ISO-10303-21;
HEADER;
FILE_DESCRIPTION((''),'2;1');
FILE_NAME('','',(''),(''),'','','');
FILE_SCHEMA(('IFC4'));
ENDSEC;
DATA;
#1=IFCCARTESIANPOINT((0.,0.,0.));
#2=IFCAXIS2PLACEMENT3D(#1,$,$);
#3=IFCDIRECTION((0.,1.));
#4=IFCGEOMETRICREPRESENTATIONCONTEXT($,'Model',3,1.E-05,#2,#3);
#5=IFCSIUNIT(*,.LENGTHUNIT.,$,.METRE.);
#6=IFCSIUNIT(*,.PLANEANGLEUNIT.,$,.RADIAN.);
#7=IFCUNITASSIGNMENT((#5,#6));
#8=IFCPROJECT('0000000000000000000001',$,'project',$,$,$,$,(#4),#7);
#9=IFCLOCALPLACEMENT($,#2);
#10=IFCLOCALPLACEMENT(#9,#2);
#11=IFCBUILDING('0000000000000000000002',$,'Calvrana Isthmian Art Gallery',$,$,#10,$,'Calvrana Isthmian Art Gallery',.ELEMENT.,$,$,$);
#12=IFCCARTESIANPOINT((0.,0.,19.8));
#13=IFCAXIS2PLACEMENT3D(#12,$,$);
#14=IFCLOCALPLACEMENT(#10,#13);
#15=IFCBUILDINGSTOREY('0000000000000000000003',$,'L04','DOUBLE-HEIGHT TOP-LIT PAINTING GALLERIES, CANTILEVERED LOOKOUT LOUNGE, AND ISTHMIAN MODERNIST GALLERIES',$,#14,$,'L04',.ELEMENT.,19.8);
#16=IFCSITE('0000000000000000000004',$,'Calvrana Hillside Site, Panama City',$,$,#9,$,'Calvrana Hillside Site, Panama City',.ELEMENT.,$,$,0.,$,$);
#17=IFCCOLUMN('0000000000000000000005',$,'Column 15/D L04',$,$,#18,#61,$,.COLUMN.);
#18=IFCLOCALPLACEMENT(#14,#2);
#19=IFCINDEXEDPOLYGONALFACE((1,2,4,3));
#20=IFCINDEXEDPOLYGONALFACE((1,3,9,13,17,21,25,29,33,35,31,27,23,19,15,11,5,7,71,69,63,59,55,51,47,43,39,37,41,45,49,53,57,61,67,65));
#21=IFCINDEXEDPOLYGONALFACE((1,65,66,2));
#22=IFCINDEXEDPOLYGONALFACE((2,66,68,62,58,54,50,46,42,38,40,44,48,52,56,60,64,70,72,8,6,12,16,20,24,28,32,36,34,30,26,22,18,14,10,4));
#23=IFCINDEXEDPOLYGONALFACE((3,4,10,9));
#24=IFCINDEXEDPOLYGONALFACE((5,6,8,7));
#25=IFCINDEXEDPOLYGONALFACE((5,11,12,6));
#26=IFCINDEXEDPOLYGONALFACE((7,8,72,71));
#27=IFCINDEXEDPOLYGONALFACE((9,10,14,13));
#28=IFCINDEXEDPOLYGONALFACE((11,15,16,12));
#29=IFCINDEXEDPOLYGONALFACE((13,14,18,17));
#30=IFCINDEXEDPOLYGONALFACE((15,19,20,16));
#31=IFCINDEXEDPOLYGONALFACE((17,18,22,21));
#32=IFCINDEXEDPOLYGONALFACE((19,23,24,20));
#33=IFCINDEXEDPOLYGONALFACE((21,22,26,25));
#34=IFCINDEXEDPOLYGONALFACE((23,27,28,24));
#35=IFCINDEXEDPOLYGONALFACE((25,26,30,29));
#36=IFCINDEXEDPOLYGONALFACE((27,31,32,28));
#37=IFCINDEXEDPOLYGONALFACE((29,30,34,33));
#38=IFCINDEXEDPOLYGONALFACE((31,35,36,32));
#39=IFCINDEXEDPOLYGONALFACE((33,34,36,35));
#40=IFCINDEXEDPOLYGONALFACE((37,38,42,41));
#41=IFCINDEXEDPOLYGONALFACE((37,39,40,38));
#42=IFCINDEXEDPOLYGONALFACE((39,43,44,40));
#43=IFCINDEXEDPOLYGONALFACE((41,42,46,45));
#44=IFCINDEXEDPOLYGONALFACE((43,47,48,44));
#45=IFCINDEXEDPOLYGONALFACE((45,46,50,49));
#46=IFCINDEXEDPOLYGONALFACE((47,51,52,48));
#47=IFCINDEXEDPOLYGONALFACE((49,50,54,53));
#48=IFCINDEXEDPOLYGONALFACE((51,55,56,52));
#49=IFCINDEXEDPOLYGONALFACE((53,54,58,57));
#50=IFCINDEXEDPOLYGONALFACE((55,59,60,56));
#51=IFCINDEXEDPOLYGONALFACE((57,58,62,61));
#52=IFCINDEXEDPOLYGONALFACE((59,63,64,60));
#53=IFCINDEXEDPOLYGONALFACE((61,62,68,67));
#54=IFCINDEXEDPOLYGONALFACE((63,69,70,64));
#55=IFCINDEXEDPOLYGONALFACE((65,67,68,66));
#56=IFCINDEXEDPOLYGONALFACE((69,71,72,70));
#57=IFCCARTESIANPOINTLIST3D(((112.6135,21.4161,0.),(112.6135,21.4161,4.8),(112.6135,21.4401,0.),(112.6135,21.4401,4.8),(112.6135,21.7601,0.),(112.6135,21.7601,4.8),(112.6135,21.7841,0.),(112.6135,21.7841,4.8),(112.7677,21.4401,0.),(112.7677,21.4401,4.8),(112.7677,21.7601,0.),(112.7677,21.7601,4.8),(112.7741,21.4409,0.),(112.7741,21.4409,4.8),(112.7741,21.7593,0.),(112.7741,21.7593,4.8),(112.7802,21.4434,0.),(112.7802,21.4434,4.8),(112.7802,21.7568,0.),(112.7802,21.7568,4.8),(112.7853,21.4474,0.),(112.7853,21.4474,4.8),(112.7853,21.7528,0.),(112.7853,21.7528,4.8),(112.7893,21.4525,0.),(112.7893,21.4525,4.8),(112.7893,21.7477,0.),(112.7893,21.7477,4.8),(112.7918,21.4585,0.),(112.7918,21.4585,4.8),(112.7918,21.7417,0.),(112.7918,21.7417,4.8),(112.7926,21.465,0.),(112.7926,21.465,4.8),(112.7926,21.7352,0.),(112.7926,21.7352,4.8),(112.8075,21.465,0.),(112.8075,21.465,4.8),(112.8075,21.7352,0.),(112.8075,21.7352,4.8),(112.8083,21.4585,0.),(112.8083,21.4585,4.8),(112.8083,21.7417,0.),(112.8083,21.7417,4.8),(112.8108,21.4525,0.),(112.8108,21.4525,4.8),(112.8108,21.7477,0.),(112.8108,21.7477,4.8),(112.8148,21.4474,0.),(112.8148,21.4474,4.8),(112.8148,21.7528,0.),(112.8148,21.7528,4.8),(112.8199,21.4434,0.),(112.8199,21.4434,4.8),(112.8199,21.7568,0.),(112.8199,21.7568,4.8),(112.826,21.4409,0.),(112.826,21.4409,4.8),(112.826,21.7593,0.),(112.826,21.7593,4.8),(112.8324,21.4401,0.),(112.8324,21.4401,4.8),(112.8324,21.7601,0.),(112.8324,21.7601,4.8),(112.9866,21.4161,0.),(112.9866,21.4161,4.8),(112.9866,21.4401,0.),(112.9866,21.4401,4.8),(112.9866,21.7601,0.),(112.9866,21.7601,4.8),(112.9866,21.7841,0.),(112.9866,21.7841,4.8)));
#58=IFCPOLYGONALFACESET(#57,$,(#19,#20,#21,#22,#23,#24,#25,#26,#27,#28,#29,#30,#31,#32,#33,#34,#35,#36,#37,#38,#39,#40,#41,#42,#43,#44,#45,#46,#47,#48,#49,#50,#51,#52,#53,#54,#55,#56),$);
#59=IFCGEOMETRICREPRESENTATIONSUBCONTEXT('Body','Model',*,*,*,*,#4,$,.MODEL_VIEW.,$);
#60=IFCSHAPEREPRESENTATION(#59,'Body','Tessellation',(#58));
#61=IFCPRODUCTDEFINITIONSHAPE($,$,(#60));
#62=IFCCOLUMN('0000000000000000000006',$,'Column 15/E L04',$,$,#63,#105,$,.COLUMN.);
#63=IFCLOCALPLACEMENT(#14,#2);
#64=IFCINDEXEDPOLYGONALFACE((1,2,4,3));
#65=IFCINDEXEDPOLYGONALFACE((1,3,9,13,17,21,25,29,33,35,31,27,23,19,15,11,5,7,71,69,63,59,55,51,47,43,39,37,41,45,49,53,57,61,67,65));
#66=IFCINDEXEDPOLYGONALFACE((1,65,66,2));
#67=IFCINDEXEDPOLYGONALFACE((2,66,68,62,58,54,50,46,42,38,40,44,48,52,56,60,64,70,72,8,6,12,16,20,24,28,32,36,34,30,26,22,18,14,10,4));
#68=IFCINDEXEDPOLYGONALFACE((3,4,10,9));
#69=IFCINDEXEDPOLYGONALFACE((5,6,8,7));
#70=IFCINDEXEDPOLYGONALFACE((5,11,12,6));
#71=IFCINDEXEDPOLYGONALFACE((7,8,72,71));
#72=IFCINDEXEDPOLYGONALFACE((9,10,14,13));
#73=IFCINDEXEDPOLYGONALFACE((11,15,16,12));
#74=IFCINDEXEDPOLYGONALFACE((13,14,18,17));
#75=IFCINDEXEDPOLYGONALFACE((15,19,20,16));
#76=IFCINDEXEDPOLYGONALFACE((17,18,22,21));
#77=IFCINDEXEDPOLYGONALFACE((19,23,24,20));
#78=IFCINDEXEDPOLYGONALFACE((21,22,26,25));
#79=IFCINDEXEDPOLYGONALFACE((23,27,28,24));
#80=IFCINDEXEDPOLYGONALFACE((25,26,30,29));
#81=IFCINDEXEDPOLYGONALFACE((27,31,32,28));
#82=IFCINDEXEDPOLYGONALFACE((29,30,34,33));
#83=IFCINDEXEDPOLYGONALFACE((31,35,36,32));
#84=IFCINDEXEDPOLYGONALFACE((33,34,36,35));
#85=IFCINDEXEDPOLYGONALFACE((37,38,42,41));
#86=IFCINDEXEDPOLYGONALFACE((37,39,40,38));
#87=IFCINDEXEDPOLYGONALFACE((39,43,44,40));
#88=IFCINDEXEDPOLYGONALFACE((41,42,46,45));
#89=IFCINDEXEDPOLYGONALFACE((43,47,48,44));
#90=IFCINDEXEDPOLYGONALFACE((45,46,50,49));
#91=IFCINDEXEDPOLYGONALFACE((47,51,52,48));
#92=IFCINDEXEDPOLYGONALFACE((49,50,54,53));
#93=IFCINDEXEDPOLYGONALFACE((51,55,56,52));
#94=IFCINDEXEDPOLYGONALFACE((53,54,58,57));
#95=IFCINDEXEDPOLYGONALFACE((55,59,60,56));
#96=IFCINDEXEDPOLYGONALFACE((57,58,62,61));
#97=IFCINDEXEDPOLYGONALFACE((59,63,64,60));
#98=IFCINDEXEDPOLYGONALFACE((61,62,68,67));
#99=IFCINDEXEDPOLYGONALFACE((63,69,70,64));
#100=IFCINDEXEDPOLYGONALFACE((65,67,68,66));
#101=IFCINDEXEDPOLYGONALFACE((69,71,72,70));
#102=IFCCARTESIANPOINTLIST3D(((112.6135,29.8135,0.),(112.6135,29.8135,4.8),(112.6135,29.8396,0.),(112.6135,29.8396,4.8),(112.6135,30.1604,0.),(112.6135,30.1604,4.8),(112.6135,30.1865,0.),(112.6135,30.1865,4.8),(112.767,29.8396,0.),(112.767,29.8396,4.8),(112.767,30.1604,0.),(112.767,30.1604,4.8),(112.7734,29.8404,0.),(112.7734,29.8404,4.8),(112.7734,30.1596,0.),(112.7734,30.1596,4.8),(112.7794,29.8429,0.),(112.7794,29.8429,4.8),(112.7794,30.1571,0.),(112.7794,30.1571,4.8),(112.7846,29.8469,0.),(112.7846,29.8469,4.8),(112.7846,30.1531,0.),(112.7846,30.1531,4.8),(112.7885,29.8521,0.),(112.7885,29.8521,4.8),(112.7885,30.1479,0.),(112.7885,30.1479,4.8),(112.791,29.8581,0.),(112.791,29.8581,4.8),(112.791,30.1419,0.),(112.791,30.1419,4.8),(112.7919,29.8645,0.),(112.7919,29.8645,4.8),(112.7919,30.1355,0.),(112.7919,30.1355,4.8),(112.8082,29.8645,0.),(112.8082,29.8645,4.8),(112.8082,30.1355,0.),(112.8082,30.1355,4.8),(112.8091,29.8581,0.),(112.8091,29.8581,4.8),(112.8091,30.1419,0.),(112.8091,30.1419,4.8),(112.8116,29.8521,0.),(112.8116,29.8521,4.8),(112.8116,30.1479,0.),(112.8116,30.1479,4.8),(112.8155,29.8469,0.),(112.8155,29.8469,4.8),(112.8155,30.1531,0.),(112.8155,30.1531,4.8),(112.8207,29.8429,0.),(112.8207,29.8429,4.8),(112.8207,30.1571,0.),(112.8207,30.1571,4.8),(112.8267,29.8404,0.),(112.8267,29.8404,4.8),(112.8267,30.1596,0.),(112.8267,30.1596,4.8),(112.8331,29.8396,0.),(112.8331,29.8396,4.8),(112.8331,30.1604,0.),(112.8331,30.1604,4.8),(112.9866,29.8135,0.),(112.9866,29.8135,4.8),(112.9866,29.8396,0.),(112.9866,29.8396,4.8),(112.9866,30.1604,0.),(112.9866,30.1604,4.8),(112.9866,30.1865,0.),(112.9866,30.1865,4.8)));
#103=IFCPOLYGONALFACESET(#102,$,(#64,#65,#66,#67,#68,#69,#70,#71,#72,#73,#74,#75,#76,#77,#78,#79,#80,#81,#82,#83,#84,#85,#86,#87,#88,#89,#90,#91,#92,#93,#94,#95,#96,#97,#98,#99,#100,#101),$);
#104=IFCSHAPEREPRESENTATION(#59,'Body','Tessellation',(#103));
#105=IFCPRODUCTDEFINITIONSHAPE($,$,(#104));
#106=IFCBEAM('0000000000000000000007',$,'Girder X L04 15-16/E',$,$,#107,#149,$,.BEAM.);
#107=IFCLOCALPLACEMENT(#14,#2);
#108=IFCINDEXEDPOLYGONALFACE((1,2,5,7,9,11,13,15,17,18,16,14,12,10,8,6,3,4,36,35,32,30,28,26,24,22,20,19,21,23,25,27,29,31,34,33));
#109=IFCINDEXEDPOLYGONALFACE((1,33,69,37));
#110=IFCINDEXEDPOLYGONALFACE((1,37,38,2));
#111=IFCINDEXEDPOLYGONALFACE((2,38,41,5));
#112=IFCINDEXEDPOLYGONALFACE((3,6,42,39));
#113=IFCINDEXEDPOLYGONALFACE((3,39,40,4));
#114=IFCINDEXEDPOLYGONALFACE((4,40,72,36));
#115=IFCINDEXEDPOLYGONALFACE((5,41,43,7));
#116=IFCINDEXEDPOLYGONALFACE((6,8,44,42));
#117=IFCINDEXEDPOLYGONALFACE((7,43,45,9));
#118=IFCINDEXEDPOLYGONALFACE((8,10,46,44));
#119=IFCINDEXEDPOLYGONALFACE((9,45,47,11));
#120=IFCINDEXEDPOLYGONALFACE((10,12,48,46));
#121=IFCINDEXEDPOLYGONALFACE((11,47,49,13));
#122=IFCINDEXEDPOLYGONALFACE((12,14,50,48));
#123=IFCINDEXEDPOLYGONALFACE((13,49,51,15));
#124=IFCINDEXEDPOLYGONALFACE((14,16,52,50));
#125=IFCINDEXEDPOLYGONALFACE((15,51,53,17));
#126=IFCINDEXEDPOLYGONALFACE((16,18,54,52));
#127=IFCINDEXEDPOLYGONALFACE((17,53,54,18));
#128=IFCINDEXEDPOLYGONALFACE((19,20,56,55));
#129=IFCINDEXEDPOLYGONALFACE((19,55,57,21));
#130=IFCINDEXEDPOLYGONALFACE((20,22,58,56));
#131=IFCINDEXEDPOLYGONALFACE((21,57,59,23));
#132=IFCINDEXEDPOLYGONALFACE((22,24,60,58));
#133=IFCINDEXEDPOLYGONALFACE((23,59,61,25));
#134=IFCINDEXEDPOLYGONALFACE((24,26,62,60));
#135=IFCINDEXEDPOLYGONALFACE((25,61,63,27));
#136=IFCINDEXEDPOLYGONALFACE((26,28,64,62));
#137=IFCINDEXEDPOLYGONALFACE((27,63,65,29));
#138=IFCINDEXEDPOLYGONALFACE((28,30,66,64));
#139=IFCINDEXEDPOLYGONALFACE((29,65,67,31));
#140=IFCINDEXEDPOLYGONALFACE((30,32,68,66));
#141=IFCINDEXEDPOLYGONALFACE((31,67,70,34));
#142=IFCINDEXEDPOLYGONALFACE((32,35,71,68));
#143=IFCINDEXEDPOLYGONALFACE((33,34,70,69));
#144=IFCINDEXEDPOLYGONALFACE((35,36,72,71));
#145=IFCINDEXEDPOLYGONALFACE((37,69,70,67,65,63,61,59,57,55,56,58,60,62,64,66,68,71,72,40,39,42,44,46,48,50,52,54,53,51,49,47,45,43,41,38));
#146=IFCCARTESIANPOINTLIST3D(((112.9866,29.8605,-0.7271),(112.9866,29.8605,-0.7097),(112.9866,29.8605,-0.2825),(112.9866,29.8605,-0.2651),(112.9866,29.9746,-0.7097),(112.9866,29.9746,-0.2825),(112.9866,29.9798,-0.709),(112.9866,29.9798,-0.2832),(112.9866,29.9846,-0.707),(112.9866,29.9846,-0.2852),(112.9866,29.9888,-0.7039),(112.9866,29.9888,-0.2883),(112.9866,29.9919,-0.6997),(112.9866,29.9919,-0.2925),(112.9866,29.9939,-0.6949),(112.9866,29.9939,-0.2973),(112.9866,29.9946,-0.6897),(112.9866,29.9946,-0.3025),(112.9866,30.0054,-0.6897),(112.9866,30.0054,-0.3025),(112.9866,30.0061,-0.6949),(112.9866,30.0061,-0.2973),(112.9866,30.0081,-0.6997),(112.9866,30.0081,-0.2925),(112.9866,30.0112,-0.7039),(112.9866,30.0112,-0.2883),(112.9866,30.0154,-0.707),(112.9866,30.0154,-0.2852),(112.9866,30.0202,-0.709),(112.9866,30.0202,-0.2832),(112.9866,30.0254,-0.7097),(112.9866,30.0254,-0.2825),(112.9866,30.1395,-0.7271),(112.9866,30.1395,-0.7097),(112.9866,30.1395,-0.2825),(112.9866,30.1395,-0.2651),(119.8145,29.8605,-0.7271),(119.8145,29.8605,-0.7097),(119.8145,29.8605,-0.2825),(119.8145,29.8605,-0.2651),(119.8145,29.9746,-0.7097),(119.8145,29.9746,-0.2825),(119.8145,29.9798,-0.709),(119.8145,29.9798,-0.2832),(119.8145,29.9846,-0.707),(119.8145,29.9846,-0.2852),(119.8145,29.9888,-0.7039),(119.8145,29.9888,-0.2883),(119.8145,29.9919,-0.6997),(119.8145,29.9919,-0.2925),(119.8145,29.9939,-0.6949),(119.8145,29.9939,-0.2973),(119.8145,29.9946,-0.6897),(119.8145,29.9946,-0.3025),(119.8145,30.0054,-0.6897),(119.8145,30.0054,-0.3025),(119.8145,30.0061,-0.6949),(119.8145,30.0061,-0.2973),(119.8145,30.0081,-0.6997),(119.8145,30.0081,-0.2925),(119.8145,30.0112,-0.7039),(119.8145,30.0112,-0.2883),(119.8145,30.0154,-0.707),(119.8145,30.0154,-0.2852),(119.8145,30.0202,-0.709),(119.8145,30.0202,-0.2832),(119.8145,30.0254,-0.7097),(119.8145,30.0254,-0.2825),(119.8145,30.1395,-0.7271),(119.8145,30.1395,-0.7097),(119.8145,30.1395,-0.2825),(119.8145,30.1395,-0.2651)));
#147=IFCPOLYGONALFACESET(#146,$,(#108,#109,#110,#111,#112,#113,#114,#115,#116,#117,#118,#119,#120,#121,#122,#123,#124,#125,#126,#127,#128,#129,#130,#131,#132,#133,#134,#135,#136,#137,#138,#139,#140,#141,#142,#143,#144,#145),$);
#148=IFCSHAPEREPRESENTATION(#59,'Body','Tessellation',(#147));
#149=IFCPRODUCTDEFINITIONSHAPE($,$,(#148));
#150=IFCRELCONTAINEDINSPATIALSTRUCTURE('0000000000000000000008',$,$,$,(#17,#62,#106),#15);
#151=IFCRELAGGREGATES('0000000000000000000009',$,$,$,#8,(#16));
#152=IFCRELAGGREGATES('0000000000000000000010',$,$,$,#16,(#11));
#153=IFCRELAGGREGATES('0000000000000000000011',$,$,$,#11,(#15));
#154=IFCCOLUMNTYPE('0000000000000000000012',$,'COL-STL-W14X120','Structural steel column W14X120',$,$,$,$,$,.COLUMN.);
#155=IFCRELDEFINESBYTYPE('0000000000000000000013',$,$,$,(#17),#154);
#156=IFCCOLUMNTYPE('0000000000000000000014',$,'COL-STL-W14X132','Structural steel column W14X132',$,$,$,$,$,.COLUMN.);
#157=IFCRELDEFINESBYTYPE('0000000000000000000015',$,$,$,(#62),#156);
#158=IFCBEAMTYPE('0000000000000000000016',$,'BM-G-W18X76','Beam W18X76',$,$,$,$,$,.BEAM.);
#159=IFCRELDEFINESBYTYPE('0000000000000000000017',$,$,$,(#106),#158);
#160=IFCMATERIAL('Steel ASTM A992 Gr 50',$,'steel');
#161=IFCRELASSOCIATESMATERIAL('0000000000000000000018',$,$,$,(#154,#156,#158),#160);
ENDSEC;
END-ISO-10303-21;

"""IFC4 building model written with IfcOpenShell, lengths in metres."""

from ifc_helpers import new_model, si_unit, direction, frame, origin, origin_2d, place, context, subcontext, project, spatial, i_section, extrude, material, material_profile, profile_set, type_object, element, save


model = new_model("IFC4")

# Units and contexts
model_context = context("Model", 3, precision=1e-05, world=origin(), true_north=direction((0.0, 1.0)))
body_context = subcontext(model_context, "Body", "Model", "MODEL_VIEW")
ifc_project = project(units=[si_unit("LENGTHUNIT", "METRE"), si_unit("PLANEANGLEUNIT", "RADIAN")], contexts=[model_context])

# Site, building, storey
site_placement = place(None, origin())
site = spatial("IfcSite", under=ifc_project, at=site_placement, Name="Calvrana Hillside Site, Panama City", LongName="Calvrana Hillside Site, Panama City", CompositionType="ELEMENT", RefElevation=0.0)
building_placement = place(site_placement, origin())
building = spatial("IfcBuilding", under=site, at=building_placement, Name="Calvrana Isthmian Art Gallery", LongName="Calvrana Isthmian Art Gallery", CompositionType="ELEMENT")
storey_placement = place(building_placement, frame((0.0, 0.0, 19.8)))
storey = spatial("IfcBuildingStorey", under=building, at=storey_placement, Name="L04", Description="DOUBLE-HEIGHT TOP-LIT PAINTING GALLERIES, CANTILEVERED LOOKOUT LOUNGE, AND ISTHMIAN MODERNIST GALLERIES", LongName="L04", CompositionType="ELEMENT", Elevation=19.8)

# Columns
ifc_material_1 = material(Name="Steel ASTM A992 Gr 50", Category="steel")
ifc_material_profile_1 = material_profile(ifc_material_1, i_section(OverallWidth=0.373, OverallDepth=0.3679, WebThickness=0.0149, FlangeThickness=0.0239, FilletRadius=0.0249, at=origin_2d()), Name="W14X120")
ifc_profile_set_1 = profile_set([ifc_material_profile_1], Name="Steel ASTM A992 Gr 50")
column_type_1 = type_object("IfcColumnType", Name="COL-STL-W14X120", Description="Structural steel column W14X120", PredefinedType="COLUMN", material=ifc_profile_set_1)
column_1_placement = place(storey_placement, frame((112.8, 21.6001, 0.0), z_axis=(0.0, 0.0, 1.0), x_axis=(1.0, 0.0, 0.0)))
element("IfcColumn", 1, at=column_1_placement, inside=storey, type_object=column_type_1, Name="Column 15/D L04", PredefinedType="COLUMN", context=body_context, shape_type="SweptSolid", body=[
    extrude(i_section(OverallWidth=0.373, OverallDepth=0.3679, WebThickness=0.0149, FlangeThickness=0.0239, FilletRadius=0.0249, at=origin_2d()), origin(), (0.0, 0.0, 1.0), 4.8),
])
ifc_material_profile_2 = material_profile(ifc_material_1, i_section(OverallWidth=0.373, OverallDepth=0.373, WebThickness=0.0164, FlangeThickness=0.0261, FilletRadius=0.0249, at=origin_2d()), Name="W14X132")
ifc_profile_set_2 = profile_set([ifc_material_profile_2], Name="Steel ASTM A992 Gr 50")
column_type_2 = type_object("IfcColumnType", Name="COL-STL-W14X132", Description="Structural steel column W14X132", PredefinedType="COLUMN", material=ifc_profile_set_2)
column_2_placement = place(storey_placement, frame((112.8, 30.0, 0.0), z_axis=(0.0, 0.0, 1.0), x_axis=(1.0, 0.0, 0.0)))
element("IfcColumn", 2, at=column_2_placement, inside=storey, type_object=column_type_2, Name="Column 15/E L04", PredefinedType="COLUMN", context=body_context, shape_type="SweptSolid", body=[
    extrude(i_section(OverallWidth=0.373, OverallDepth=0.373, WebThickness=0.0164, FlangeThickness=0.0261, FilletRadius=0.0249, at=origin_2d()), origin(), (0.0, 0.0, 1.0), 4.8),
])

# Beam
ifc_material_profile_3 = material_profile(ifc_material_1, i_section(OverallWidth=0.2791, OverallDepth=0.4619, WebThickness=0.0107, FlangeThickness=0.0173, FilletRadius=0.02, at=origin_2d()), Name="W18X76")
ifc_profile_set_3 = profile_set([ifc_material_profile_3], Name="Steel ASTM A992 Gr 50")
beam_type_1 = type_object("IfcBeamType", Name="BM-G-W18X76", Description="Beam W18X76", PredefinedType="BEAM", material=ifc_profile_set_3)
beam_1_placement = place(storey_placement, frame((112.9866, 30.0, -0.4961), z_axis=(1.0, 0.0, 0.0), x_axis=(0.0, 1.0, 0.0)))
element("IfcBeam", 3, at=beam_1_placement, inside=storey, type_object=beam_type_1, Name="Girder X L04 15-16/E", PredefinedType="BEAM", context=body_context, shape_type="SweptSolid", body=[
    extrude(i_section(OverallWidth=0.2791, OverallDepth=0.4619, WebThickness=0.0107, FlangeThickness=0.0173, FilletRadius=0.02, at=origin_2d()), origin(), (0.0, 0.0, 1.0), 6.8279),
])

save(model, "model.ifc")
